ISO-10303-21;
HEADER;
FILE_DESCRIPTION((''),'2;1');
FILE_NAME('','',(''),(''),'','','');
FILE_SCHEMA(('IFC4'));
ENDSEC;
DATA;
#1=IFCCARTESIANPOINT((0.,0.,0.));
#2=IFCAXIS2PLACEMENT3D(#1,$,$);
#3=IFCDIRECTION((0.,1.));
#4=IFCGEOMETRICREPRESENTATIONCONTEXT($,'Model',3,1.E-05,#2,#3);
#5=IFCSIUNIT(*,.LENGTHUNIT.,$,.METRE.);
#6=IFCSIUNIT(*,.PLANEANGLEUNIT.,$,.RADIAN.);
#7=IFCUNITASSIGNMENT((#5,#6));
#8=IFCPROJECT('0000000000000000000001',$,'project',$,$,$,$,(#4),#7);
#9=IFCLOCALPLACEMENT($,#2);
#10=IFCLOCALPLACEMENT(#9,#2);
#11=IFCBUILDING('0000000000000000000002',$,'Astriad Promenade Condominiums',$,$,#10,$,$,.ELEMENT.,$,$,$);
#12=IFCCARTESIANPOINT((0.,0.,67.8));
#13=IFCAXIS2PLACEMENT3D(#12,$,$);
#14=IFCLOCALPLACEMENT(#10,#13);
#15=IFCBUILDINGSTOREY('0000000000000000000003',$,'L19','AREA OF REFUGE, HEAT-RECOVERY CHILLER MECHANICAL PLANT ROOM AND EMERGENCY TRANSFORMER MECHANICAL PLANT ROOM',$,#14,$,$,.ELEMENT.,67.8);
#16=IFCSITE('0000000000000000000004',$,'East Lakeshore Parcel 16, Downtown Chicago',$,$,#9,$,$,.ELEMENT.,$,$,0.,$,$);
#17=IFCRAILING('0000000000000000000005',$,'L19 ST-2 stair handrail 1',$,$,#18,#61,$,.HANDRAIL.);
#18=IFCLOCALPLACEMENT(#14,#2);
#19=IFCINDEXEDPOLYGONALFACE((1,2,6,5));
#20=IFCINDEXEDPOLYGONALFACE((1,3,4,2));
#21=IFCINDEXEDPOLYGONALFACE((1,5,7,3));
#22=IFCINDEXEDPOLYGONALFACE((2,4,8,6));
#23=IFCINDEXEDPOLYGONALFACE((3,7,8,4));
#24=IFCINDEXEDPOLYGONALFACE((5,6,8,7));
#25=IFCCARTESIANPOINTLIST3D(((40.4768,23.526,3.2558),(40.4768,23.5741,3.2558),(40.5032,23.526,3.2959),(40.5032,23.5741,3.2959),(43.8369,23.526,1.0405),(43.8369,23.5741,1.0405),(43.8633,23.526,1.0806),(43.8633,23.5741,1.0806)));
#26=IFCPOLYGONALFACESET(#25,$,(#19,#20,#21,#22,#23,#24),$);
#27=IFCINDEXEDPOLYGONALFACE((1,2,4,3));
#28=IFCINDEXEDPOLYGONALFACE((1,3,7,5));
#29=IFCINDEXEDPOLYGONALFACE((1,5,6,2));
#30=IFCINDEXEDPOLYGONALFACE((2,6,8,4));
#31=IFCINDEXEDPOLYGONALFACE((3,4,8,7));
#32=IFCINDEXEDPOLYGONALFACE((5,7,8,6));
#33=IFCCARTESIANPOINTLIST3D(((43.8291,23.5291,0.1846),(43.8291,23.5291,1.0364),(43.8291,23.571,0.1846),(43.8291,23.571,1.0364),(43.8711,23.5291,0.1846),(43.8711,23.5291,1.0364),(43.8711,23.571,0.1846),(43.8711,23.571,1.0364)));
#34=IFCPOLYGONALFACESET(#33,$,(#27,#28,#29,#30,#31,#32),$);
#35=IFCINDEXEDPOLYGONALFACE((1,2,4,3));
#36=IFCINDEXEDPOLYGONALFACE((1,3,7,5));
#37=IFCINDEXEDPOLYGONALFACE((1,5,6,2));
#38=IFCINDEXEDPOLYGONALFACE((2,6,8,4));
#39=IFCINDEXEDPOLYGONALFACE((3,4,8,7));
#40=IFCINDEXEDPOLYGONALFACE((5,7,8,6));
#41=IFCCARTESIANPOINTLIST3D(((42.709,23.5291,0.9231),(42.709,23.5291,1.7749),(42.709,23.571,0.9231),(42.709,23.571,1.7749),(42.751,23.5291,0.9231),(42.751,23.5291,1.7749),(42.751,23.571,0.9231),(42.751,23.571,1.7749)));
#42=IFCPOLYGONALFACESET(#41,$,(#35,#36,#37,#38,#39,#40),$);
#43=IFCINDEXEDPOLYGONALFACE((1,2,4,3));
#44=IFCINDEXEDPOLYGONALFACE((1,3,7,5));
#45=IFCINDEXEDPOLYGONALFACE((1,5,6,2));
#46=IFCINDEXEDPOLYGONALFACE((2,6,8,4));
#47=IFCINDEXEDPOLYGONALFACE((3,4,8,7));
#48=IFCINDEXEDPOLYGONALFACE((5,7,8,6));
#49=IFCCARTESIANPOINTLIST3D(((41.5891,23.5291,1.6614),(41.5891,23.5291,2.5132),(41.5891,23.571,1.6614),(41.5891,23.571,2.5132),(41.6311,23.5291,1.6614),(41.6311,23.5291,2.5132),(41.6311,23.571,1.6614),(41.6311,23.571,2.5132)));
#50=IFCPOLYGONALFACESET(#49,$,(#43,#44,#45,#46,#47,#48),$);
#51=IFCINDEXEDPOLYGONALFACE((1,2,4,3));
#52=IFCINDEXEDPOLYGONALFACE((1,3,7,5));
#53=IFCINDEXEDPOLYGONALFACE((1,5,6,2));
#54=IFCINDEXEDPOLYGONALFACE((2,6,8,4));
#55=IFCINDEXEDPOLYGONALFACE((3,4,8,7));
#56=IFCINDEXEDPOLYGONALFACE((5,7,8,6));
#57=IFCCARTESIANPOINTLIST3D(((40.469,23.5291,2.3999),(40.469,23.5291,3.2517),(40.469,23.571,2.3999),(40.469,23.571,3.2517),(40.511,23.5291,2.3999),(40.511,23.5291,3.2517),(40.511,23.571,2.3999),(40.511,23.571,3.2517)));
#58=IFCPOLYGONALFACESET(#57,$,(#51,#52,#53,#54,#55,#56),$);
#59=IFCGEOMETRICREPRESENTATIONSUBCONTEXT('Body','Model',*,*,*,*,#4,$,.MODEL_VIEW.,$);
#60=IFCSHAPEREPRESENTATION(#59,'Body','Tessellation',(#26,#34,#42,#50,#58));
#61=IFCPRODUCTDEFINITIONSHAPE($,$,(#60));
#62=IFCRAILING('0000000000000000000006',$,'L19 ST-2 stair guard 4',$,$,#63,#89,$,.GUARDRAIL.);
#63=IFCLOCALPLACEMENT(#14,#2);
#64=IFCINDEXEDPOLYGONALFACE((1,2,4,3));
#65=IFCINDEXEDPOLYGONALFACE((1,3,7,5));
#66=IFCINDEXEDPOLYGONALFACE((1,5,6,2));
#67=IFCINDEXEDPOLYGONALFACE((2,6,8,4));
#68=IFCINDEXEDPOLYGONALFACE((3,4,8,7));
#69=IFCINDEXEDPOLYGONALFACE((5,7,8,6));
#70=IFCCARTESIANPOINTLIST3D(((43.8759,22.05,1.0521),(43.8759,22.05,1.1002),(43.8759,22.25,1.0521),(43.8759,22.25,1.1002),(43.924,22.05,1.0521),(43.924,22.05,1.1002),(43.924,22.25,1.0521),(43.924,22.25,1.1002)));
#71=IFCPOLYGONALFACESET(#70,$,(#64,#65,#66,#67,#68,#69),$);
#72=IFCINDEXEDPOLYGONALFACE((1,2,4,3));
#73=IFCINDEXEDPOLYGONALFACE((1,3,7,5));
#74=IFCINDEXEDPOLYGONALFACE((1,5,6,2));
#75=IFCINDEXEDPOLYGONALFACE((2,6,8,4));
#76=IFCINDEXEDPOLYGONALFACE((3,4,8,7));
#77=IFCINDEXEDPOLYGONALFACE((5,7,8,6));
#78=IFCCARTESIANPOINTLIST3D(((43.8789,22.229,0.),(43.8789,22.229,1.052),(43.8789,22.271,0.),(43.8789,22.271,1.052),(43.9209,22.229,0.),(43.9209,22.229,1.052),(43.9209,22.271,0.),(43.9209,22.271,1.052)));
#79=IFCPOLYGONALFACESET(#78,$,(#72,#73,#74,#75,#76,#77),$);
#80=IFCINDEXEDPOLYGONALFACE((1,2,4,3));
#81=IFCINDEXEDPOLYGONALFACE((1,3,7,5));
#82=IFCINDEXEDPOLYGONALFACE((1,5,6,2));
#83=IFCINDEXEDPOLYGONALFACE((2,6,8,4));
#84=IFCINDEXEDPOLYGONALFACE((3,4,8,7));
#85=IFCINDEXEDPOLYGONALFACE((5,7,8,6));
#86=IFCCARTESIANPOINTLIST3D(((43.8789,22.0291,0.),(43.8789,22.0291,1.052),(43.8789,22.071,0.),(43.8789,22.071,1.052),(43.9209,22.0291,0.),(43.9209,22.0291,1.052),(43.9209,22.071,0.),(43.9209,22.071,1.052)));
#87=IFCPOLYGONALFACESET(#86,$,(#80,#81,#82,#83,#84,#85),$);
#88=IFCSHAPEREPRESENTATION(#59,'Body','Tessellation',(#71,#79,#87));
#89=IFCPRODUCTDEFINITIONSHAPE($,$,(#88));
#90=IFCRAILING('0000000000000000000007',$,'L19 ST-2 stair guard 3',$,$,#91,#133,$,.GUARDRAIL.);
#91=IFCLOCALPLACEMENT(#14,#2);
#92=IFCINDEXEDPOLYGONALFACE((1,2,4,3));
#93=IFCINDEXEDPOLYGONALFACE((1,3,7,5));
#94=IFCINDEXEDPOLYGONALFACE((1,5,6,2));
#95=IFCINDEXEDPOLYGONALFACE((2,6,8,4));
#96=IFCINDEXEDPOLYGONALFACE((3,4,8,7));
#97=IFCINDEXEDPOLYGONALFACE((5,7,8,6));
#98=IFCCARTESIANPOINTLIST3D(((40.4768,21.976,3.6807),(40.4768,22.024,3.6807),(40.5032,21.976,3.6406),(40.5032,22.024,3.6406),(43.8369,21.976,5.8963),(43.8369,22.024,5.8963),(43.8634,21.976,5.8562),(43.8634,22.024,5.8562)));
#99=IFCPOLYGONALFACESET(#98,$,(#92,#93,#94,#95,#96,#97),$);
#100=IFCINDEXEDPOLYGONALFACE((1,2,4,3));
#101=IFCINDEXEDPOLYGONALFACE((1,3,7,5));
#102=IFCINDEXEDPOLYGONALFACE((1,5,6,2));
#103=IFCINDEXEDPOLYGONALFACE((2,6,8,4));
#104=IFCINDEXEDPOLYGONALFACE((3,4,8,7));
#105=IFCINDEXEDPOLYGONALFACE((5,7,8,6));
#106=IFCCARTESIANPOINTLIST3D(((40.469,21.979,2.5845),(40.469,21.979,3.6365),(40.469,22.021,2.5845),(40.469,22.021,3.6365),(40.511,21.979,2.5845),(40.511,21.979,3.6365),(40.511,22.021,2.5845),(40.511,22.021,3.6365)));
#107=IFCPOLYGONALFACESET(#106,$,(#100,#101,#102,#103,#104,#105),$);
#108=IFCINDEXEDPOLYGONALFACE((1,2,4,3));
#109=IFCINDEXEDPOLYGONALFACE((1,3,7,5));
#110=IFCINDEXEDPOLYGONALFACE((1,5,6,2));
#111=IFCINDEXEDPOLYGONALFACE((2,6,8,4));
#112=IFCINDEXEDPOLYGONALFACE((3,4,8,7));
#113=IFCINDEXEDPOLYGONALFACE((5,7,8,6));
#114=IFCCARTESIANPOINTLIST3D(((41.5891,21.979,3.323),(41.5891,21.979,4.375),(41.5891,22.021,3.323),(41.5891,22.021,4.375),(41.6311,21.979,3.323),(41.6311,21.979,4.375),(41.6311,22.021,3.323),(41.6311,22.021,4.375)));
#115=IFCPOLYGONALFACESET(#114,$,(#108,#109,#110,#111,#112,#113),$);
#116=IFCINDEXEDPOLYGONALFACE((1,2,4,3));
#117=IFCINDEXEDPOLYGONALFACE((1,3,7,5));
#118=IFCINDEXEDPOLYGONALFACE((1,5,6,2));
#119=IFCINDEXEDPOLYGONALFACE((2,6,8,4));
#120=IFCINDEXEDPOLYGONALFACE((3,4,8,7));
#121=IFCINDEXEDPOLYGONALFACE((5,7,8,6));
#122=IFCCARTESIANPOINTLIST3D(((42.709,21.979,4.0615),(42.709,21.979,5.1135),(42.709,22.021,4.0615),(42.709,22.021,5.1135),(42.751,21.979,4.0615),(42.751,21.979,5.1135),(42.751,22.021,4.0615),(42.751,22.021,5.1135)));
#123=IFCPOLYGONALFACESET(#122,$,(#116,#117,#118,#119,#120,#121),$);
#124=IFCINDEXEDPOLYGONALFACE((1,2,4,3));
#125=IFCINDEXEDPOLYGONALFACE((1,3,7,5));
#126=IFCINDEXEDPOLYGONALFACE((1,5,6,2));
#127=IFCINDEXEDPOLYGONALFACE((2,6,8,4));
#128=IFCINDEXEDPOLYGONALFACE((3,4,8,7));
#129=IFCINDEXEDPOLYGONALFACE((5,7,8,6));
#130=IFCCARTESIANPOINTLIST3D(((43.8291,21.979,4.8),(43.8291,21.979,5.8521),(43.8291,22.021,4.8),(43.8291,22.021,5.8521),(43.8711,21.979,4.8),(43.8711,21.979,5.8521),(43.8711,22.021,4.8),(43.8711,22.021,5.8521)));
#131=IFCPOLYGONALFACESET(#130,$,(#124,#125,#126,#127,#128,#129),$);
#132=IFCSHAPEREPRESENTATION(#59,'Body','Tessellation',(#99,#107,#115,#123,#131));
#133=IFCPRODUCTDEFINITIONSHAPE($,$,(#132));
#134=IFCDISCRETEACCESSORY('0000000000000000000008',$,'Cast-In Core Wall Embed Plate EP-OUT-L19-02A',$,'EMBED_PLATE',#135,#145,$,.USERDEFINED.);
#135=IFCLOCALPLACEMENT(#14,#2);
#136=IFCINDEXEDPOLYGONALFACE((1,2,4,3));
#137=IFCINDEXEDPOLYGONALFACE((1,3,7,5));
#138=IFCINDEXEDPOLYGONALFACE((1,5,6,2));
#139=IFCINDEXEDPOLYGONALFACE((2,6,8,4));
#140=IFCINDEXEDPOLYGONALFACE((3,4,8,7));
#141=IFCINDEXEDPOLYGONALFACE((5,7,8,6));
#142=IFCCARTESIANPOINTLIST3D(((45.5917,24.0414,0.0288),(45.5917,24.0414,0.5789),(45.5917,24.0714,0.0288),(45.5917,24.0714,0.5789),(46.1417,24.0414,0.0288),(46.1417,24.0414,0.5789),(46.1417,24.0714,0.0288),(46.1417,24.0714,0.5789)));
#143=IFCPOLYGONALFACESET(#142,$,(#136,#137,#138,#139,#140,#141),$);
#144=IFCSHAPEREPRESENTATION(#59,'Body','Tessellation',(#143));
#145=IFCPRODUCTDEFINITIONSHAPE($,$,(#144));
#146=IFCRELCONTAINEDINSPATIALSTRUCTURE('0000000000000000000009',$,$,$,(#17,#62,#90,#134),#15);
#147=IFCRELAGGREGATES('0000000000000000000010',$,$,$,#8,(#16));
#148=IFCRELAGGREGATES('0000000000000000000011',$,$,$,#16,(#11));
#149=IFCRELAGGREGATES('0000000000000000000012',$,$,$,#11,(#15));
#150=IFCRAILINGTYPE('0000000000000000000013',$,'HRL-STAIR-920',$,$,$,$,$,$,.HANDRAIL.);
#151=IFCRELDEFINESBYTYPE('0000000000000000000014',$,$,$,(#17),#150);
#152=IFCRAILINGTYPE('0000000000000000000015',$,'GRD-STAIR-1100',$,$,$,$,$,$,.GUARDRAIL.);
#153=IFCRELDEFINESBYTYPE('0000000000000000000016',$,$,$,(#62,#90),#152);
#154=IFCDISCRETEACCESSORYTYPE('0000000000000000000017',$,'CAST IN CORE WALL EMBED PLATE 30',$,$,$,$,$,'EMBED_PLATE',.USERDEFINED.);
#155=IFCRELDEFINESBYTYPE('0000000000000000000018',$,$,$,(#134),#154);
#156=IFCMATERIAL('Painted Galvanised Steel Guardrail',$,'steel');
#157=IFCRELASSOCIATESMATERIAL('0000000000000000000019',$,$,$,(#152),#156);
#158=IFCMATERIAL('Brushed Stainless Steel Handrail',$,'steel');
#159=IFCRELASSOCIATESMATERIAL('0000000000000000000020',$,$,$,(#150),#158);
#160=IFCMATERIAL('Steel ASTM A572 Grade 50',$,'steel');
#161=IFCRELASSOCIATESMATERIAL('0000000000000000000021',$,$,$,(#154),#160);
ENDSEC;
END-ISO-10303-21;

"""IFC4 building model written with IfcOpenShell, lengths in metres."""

from ifc_helpers import new_model, si_unit, direction, frame, origin, origin_2d, place, context, subcontext, project, spatial, rectangle, extrude, source, transform, mapped, material, type_object, type_shapes, element, save


model = new_model("IFC4")

# Units and contexts
model_context = context("Model", 3, precision=1e-05, world=origin(), true_north=direction((0.0, 1.0)))
body_context = subcontext(model_context, "Body", "Model", "MODEL_VIEW")
ifc_project = project(units=[si_unit("LENGTHUNIT", "METRE"), si_unit("PLANEANGLEUNIT", "RADIAN")], contexts=[model_context])

# Site, building, storey
site_placement = place(None, origin())
site = spatial("IfcSite", under=ifc_project, at=site_placement, Name="East Lakeshore Parcel 16, Downtown Chicago", CompositionType="ELEMENT", RefElevation=0.0)
building_placement = place(site_placement, origin())
building = spatial("IfcBuilding", under=site, at=building_placement, Name="Astriad Promenade Condominiums", CompositionType="ELEMENT")
storey_placement = place(building_placement, frame((0.0, 0.0, 67.8)))
storey = spatial("IfcBuildingStorey", under=building, at=storey_placement, Name="L19", Description="AREA OF REFUGE, HEAT-RECOVERY CHILLER MECHANICAL PLANT ROOM AND EMERGENCY TRANSFORMER MECHANICAL PLANT ROOM", CompositionType="ELEMENT", Elevation=67.8)

# Shared definitions
ifc_material_1 = material(Name="Steel ASTM A572 Grade 50", Category="steel")

# Railings
ifc_material_2 = material(Name="Painted Galvanised Steel Guardrail", Category="steel")
railing_type_1 = type_object("IfcRailingType", Name="GRD-STAIR-1100", PredefinedType="GUARDRAIL", material=ifc_material_2)
ifc_material_3 = material(Name="Brushed Stainless Steel Handrail", Category="steel")
railing_type_2 = type_object("IfcRailingType", Name="HRL-STAIR-920", PredefinedType="HANDRAIL", material=ifc_material_3)
shared_shape_1 = source(origin(), body_context, "Body", "SweptSolid", [
    extrude(rectangle(XDim=0.0481, YDim=0.0481, at=origin_2d()), frame((0.0, 0.0, 0.876), z_axis=(-0.834876, 0.0, 0.550437), x_axis=(0.0, -1.0, 0.0)), (0.0, 0.0, 1.0), 4.0247),
    extrude(rectangle(XDim=0.042, YDim=0.042, at=origin_2d()), origin(), (0.0, 0.0, 1.0), 0.8518),
    extrude(rectangle(XDim=0.042, YDim=0.042, at=origin_2d()), frame((-1.1201, 0.0, 0.7385)), (0.0, 0.0, 1.0), 0.8518),
    extrude(rectangle(XDim=0.042, YDim=0.042, at=origin_2d()), frame((-2.24, 0.0, 1.4768)), (0.0, 0.0, 1.0), 0.8518),
    extrude(rectangle(XDim=0.042, YDim=0.042, at=origin_2d()), frame((-3.3601, 0.0, 2.2153)), (0.0, 0.0, 1.0), 0.8518),
])
type_shapes(railing_type_2, [shared_shape_1])
railing_1_placement = place(storey_placement, frame((43.8501, 23.55, 0.1846)))
element("IfcRailing", 1, at=railing_1_placement, inside=storey, type_object=railing_type_2, Name="L19 ST-2 stair handrail 1", PredefinedType="HANDRAIL", context=body_context, shape_type="MappedRepresentation", body=[
    mapped(shared_shape_1, transform((0.0, 0.0, 0.0), scale=1.0)),
])
shared_shape_2 = source(origin(), body_context, "Body", "SweptSolid", [
    extrude(rectangle(XDim=0.0481, YDim=0.0481, at=origin_2d()), frame((0.0, 0.0, 1.0762), z_axis=(0.0, -1.0, 0.0), x_axis=(1.0, 0.0, 0.0)), (0.0, 0.0, 1.0), 0.2),
    extrude(rectangle(XDim=0.042, YDim=0.042, at=origin_2d()), origin(), (0.0, 0.0, 1.0), 1.052),
    extrude(rectangle(XDim=0.042, YDim=0.042, at=origin_2d()), frame((0.0, -0.2, 0.0)), (0.0, 0.0, 1.0), 1.052),
])
railing_2_placement = place(storey_placement, frame((43.8999, 22.25, 0.0)))
element("IfcRailing", 2, at=railing_2_placement, inside=storey, type_object=railing_type_1, Name="L19 ST-2 stair guard 4", PredefinedType="GUARDRAIL", context=body_context, shape_type="MappedRepresentation", body=[
    mapped(shared_shape_2, transform((0.0, 0.0, 0.0), scale=1.0)),
])
shared_shape_3 = source(origin(), body_context, "Body", "SweptSolid", [
    extrude(rectangle(XDim=0.0481, YDim=0.0481, at=origin_2d()), frame((0.0, 0.0, 1.0762), z_axis=(0.834849, 0.0, 0.55048), x_axis=(0.0, 1.0, 0.0)), (0.0, 0.0, 1.0), 4.0249),
    extrude(rectangle(XDim=0.042, YDim=0.042, at=origin_2d()), origin(), (0.0, 0.0, 1.0), 1.052),
    extrude(rectangle(XDim=0.042, YDim=0.042, at=origin_2d()), frame((1.1201, 0.0, 0.7385)), (0.0, 0.0, 1.0), 1.052),
    extrude(rectangle(XDim=0.042, YDim=0.042, at=origin_2d()), frame((2.24, 0.0, 1.4771)), (0.0, 0.0, 1.0), 1.052),
    extrude(rectangle(XDim=0.042, YDim=0.042, at=origin_2d()), frame((3.3601, 0.0, 2.2156)), (0.0, 0.0, 1.0), 1.052),
])
railing_3_placement = place(storey_placement, frame((40.49, 22.0, 2.5845)))
element("IfcRailing", 3, at=railing_3_placement, inside=storey, type_object=railing_type_1, Name="L19 ST-2 stair guard 3", PredefinedType="GUARDRAIL", context=body_context, shape_type="MappedRepresentation", body=[
    mapped(shared_shape_3, transform((0.0, 0.0, 0.0), scale=1.0)),
])

# Discrete accessory
discrete_accessory_type = type_object("IfcDiscreteAccessoryType", Name="CAST IN CORE WALL EMBED PLATE 30", ElementType="EMBED_PLATE", PredefinedType="USERDEFINED", material=ifc_material_1)
shared_shape_4 = source(origin(), body_context, "Body", "SweptSolid", [
    extrude(rectangle(XDim=0.55, YDim=0.03, at=origin_2d()), origin(), (0.0, 0.0, 1.0), 0.55),
])
type_shapes(discrete_accessory_type, [shared_shape_4])
discrete_accessory_placement = place(storey_placement, frame((45.8667, 24.0564, 0.0288), z_axis=(0.0, 0.0, 1.0), x_axis=(1.0, 0.0, 0.0)))
element("IfcDiscreteAccessory", 4, at=discrete_accessory_placement, inside=storey, type_object=discrete_accessory_type, Name="Cast-In Core Wall Embed Plate EP-OUT-L19-02A", ObjectType="EMBED_PLATE", PredefinedType="USERDEFINED", context=body_context, shape_type="MappedRepresentation", body=[
    mapped(shared_shape_4, transform((0.0, 0.0, 0.0), scale=1.0)),
])

save(model, "model.ifc")
